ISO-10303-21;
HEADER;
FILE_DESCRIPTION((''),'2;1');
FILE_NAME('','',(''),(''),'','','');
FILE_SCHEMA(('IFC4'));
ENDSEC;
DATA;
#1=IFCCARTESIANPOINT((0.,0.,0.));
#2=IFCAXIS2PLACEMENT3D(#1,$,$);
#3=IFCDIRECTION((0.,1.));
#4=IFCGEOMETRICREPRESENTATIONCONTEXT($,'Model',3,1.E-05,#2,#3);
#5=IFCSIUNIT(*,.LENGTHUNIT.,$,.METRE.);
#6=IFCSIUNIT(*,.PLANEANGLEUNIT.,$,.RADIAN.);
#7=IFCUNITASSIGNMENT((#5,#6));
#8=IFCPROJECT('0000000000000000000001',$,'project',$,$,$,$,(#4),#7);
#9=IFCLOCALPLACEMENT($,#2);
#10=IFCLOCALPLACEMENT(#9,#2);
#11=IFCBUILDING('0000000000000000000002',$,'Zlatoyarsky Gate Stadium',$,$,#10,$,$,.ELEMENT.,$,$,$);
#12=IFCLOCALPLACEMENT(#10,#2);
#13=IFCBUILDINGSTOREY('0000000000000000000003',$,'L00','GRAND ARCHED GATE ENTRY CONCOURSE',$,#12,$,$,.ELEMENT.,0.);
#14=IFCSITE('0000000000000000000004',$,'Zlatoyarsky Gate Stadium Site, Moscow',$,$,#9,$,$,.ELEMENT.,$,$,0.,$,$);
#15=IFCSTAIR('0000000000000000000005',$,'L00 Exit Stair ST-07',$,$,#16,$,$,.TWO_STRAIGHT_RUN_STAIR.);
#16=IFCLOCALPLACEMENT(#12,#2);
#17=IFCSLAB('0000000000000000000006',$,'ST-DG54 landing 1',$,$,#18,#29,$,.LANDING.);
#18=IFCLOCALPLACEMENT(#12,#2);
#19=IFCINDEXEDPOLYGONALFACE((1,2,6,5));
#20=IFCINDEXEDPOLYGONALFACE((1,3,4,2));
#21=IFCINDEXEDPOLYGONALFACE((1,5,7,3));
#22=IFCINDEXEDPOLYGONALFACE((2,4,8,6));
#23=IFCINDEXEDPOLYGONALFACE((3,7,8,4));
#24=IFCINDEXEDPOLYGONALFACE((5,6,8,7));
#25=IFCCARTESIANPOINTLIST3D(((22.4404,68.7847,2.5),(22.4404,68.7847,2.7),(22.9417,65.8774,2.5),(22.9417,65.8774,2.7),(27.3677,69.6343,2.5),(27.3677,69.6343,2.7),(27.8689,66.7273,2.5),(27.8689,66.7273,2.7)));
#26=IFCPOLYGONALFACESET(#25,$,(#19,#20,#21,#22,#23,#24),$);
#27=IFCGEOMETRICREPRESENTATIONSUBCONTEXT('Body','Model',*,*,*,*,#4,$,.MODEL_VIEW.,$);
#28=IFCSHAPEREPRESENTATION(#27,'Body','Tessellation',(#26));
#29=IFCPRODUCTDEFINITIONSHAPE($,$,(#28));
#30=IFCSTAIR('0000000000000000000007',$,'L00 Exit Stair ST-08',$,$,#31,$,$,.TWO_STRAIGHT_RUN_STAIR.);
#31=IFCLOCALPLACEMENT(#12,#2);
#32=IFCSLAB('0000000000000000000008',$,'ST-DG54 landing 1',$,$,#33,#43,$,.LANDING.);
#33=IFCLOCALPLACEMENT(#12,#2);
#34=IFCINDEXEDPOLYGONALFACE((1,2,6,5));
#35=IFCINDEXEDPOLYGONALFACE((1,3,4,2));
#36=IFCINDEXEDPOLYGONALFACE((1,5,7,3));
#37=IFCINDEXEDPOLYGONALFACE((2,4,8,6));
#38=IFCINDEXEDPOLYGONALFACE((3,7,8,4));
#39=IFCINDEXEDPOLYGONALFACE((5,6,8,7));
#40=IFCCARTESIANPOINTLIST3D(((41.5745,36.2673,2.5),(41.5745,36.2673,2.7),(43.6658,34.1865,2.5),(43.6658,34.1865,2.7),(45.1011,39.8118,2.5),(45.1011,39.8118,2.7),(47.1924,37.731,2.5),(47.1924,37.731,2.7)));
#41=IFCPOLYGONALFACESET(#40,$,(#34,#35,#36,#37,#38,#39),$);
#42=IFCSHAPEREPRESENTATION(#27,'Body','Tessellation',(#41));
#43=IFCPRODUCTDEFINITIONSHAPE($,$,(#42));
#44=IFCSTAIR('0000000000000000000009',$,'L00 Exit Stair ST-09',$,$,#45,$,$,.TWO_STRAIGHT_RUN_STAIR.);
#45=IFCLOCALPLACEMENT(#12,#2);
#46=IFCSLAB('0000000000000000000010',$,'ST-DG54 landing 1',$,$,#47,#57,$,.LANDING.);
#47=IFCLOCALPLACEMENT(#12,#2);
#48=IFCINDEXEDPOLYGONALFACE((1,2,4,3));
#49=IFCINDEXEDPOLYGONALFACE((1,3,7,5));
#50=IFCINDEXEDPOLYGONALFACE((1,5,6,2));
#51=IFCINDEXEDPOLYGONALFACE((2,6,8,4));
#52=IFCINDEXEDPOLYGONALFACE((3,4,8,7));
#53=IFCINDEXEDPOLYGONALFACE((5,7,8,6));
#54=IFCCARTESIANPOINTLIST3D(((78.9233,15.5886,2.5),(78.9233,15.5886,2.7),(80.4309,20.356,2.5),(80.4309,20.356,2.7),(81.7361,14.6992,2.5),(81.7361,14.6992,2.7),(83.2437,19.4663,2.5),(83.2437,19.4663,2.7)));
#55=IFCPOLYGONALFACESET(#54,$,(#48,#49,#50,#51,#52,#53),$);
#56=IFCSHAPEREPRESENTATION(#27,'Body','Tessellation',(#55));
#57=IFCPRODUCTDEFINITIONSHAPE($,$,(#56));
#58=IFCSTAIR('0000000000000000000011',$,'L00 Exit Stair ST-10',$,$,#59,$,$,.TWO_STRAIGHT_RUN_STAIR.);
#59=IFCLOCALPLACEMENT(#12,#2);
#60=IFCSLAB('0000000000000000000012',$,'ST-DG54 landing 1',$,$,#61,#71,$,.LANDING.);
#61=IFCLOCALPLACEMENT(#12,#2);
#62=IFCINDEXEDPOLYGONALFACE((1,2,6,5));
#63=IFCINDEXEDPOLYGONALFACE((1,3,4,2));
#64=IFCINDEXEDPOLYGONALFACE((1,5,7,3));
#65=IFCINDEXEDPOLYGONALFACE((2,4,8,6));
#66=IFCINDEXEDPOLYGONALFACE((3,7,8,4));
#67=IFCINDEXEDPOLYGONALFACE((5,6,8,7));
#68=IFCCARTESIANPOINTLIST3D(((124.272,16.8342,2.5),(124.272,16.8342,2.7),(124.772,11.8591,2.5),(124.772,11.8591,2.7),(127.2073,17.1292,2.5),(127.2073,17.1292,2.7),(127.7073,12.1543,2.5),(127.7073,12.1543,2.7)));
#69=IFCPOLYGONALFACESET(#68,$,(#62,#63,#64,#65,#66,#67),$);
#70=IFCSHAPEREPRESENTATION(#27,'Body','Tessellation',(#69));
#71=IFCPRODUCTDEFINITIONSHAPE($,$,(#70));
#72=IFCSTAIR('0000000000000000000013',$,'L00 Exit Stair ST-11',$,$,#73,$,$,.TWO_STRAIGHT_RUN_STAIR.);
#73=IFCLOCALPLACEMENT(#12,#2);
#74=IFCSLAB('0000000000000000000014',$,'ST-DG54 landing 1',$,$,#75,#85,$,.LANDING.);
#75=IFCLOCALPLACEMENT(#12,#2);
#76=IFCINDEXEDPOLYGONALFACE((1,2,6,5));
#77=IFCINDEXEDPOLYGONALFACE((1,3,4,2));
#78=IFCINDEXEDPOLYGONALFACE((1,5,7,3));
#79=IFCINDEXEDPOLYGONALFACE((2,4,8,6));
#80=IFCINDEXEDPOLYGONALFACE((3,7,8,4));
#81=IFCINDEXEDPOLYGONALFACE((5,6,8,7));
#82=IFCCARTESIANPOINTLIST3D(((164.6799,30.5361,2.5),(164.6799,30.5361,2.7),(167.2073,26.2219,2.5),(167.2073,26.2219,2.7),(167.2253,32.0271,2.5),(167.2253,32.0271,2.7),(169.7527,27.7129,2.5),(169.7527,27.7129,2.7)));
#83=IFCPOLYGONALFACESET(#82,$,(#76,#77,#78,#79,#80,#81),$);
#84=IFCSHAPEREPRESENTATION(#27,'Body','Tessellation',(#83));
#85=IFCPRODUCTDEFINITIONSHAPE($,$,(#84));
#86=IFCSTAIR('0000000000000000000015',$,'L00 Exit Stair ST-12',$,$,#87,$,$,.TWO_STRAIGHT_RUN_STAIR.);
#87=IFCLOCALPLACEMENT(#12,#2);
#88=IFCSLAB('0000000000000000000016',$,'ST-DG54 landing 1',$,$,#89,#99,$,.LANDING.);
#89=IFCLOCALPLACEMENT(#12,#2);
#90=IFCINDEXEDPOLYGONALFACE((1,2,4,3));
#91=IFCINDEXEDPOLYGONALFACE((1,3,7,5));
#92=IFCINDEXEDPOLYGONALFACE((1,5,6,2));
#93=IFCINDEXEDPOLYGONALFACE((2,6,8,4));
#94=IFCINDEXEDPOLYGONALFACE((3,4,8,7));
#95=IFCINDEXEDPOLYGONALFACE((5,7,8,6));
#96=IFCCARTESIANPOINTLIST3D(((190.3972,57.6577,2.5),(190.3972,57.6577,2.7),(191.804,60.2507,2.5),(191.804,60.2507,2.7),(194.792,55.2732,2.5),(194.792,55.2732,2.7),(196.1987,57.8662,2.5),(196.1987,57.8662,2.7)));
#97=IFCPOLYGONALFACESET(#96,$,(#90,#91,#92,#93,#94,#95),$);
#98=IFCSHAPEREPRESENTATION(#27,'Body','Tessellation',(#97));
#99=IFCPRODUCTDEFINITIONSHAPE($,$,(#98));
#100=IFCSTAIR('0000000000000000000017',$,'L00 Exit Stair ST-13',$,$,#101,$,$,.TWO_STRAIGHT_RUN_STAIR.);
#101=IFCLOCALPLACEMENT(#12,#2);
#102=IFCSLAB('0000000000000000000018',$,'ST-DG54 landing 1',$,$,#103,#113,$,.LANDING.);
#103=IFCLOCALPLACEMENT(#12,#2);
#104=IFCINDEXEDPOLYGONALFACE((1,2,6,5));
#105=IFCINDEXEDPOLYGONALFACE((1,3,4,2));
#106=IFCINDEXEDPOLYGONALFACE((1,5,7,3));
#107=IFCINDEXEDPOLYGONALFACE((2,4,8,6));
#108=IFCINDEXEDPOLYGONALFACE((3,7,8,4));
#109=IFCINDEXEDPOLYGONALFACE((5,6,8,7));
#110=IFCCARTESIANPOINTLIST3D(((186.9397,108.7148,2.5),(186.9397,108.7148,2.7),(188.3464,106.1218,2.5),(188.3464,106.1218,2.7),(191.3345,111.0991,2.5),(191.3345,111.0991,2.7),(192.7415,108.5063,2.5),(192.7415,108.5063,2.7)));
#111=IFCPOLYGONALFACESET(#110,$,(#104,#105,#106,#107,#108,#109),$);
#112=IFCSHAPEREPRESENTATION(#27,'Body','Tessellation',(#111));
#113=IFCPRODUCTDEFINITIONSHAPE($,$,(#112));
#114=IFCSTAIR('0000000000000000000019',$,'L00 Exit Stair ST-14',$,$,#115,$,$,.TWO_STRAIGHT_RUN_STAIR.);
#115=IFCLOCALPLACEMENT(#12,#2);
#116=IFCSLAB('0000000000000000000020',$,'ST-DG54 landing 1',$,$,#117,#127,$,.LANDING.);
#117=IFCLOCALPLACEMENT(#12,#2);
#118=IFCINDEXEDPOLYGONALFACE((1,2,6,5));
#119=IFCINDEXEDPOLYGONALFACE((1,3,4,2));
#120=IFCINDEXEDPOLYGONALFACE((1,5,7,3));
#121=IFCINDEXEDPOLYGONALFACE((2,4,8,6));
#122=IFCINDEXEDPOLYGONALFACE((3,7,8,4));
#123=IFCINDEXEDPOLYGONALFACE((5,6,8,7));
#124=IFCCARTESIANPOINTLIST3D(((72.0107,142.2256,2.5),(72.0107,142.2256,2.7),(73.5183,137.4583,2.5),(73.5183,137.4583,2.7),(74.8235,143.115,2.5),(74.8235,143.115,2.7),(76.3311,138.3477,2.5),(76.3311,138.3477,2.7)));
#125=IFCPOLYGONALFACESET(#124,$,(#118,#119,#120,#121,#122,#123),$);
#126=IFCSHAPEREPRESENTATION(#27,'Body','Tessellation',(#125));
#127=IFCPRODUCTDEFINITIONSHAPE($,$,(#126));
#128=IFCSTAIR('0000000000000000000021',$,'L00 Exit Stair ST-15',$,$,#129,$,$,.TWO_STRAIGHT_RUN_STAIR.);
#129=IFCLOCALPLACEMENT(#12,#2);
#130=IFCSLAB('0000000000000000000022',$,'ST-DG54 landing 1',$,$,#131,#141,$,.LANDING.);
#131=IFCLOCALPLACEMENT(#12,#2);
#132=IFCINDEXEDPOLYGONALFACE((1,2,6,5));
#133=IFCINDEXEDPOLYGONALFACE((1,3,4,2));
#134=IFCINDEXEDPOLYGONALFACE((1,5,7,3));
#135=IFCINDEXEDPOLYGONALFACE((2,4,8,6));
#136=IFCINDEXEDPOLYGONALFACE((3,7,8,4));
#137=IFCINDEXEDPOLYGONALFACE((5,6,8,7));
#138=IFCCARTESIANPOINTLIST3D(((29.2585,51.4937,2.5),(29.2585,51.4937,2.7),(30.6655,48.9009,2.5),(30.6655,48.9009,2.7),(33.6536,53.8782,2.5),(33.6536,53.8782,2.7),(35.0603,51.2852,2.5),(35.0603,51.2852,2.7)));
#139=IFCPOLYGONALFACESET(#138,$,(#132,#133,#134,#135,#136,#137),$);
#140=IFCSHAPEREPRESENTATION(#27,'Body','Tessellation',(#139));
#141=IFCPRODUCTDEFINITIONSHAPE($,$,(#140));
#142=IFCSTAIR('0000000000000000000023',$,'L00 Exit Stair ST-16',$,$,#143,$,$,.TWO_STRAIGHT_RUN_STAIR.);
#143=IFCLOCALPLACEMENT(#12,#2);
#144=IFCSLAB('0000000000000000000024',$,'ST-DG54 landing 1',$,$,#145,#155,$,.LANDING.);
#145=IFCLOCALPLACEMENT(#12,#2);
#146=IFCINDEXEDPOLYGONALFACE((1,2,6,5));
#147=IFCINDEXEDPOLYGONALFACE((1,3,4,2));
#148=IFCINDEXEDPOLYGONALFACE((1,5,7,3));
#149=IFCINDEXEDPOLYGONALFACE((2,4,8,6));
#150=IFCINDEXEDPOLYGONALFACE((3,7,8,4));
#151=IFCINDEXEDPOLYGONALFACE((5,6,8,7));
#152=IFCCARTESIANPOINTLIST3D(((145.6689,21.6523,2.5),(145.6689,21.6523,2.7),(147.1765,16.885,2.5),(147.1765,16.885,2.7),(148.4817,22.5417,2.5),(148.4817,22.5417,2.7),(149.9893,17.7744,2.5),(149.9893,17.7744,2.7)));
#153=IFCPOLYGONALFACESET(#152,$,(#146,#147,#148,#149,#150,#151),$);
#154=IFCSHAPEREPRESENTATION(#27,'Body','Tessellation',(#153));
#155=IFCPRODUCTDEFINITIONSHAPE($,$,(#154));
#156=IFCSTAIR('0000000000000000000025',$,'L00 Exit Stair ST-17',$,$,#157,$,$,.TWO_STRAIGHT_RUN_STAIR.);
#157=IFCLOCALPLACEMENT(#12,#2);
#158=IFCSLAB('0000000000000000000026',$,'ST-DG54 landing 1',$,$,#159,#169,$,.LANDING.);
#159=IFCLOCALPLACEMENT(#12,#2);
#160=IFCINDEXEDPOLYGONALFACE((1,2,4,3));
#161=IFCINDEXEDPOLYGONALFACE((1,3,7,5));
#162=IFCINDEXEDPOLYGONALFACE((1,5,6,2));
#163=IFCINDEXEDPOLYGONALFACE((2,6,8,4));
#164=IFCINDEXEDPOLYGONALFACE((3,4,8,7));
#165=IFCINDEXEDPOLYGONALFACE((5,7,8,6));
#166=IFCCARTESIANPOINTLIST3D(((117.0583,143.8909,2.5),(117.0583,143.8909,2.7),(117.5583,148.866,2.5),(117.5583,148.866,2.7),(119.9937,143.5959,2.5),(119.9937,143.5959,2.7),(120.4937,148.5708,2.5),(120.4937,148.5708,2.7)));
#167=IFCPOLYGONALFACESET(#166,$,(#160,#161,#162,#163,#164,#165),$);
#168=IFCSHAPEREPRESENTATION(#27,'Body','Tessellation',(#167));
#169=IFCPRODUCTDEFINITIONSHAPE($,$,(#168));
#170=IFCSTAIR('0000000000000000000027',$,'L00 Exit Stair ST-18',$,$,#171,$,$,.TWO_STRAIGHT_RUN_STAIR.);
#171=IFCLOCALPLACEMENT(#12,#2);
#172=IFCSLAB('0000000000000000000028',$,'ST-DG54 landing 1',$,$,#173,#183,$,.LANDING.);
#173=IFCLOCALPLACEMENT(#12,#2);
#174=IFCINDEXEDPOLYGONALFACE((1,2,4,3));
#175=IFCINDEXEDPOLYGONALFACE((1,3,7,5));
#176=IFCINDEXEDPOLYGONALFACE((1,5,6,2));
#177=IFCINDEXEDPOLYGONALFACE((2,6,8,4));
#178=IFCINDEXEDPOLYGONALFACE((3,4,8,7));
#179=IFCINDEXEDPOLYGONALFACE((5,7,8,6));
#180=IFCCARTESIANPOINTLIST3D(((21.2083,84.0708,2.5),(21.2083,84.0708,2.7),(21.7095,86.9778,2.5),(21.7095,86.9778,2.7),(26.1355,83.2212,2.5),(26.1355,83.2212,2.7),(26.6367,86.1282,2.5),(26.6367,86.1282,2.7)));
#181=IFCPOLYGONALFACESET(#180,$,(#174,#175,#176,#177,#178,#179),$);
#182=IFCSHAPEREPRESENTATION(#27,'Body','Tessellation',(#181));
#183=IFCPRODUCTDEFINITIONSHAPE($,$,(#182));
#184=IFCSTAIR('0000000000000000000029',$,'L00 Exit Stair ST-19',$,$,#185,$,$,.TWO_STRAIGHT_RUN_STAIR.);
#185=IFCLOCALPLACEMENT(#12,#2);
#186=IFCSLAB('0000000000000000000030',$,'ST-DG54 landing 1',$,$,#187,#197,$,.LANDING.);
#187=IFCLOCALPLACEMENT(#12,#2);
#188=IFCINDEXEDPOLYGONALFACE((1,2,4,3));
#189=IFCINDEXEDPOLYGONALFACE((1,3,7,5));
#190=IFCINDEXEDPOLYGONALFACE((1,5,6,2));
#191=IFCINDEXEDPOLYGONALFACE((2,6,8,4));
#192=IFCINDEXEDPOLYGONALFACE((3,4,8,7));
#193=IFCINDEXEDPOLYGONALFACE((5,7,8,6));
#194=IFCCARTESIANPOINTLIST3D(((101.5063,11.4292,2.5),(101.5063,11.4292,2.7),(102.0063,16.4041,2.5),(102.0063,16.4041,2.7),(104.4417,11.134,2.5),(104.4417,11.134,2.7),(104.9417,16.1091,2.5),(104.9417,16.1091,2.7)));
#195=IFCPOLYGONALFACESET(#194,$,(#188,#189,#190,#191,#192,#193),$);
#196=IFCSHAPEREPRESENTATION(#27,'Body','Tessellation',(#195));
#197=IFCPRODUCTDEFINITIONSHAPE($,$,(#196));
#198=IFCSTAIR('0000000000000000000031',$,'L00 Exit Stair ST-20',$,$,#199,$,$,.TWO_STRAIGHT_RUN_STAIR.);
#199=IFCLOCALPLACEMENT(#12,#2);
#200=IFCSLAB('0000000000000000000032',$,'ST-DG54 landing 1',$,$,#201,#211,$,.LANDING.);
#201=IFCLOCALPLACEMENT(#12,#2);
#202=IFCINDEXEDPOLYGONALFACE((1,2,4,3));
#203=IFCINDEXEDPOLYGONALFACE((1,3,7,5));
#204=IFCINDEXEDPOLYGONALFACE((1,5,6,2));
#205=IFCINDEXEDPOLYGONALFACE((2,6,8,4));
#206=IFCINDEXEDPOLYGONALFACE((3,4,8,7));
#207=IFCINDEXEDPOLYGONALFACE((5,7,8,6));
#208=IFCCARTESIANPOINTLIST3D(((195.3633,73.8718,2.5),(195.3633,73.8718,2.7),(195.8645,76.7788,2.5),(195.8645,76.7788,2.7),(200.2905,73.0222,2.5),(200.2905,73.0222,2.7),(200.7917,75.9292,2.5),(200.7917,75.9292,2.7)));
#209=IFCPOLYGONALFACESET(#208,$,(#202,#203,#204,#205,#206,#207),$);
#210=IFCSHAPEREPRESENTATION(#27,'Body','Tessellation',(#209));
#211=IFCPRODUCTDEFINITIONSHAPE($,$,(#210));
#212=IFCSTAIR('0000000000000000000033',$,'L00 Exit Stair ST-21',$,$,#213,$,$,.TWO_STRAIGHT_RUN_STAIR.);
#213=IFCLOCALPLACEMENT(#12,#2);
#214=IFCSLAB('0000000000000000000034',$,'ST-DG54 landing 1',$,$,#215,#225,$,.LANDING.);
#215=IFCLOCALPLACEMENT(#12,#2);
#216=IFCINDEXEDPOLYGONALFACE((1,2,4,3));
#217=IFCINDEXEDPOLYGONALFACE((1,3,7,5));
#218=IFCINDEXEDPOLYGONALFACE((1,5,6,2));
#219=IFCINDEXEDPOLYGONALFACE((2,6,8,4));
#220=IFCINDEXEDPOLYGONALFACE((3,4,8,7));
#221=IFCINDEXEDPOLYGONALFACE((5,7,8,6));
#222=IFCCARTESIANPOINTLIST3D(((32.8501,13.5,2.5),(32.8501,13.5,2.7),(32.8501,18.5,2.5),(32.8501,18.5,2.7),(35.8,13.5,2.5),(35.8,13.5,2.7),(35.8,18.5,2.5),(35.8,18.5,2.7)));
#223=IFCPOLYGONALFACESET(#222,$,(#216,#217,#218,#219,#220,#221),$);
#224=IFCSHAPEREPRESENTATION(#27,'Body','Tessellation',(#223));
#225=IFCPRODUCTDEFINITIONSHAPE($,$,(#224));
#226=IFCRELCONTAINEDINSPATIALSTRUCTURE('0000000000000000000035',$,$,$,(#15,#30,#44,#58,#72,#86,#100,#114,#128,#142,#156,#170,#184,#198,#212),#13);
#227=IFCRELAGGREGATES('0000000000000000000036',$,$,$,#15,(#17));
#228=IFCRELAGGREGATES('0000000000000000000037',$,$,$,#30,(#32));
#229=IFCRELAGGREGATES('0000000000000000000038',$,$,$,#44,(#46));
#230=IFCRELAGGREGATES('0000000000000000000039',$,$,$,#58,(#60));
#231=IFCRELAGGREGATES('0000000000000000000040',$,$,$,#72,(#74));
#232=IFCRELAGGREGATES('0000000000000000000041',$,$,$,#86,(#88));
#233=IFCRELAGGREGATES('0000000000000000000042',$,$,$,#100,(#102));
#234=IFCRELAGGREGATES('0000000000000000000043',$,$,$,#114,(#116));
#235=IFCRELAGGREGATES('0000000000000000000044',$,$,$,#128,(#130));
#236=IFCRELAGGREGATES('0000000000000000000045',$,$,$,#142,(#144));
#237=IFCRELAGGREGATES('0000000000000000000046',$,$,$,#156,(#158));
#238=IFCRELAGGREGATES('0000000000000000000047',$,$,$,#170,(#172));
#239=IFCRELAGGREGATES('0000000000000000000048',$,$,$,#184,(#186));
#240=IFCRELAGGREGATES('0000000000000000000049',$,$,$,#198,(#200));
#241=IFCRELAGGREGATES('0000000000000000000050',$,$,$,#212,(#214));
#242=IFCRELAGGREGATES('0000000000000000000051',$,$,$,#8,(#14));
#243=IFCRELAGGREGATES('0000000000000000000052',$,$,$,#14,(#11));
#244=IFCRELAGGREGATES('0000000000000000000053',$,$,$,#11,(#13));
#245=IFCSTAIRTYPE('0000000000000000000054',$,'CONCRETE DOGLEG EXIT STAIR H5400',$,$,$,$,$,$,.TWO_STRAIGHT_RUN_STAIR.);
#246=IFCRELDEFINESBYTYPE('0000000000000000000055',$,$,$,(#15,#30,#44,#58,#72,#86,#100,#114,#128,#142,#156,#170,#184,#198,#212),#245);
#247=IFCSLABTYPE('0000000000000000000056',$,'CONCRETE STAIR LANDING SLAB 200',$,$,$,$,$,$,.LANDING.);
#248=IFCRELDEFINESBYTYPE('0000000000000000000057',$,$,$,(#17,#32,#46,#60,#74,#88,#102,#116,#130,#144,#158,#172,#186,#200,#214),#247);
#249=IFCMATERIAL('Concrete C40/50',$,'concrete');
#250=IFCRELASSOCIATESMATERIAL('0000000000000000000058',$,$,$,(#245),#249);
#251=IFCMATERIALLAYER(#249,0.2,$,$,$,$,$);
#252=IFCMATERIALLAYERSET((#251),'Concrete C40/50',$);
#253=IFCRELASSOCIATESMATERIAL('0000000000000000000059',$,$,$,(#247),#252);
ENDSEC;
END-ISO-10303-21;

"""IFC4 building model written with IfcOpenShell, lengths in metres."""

from ifc_helpers import new_model, si_unit, direction, frame, origin, place, context, subcontext, project, spatial, polyline, outline, extrude, material, layer, layer_set, type_object, element, aggregate, save


model = new_model("IFC4")

# Units and contexts
model_context = context("Model", 3, precision=1e-05, world=origin(), true_north=direction((0.0, 1.0)))
body_context = subcontext(model_context, "Body", "Model", "MODEL_VIEW")
ifc_project = project(units=[si_unit("LENGTHUNIT", "METRE"), si_unit("PLANEANGLEUNIT", "RADIAN")], contexts=[model_context])

# Site, building, storey
site_placement = place(None, origin())
site = spatial("IfcSite", under=ifc_project, at=site_placement, Name="Zlatoyarsky Gate Stadium Site, Moscow", CompositionType="ELEMENT", RefElevation=0.0)
building_placement = place(site_placement, origin())
building = spatial("IfcBuilding", under=site, at=building_placement, Name="Zlatoyarsky Gate Stadium", CompositionType="ELEMENT")
storey_placement = place(building_placement, origin())
storey = spatial("IfcBuildingStorey", under=building, at=storey_placement, Name="L00", Description="GRAND ARCHED GATE ENTRY CONCOURSE", CompositionType="ELEMENT", Elevation=0.0)

# Stairs, slabs
ifc_material = material(Name="Concrete C40/50", Category="concrete")
stair_type = type_object("IfcStairType", Name="CONCRETE DOGLEG EXIT STAIR H5400", PredefinedType="TWO_STRAIGHT_RUN_STAIR", material=ifc_material)
stair_1_placement = place(storey_placement, origin())
stair_1 = element("IfcStair", 1, at=stair_1_placement, inside=storey, type_object=stair_type, Name="L00 Exit Stair ST-07", PredefinedType="TWO_STRAIGHT_RUN_STAIR")
ifc_layer = layer(ifc_material, 0.2)
ifc_layer_set = layer_set([ifc_layer], Name="Concrete C40/50")
slab_type = type_object("IfcSlabType", Name="CONCRETE STAIR LANDING SLAB 200", PredefinedType="LANDING", material=ifc_layer_set)
slab_1_placement = place(storey_placement, frame((0.0, 0.0, 2.5)))
slab_1 = element("IfcSlab", 2, at=slab_1_placement, type_object=slab_type, Name="ST-DG54 landing 1", PredefinedType="LANDING", context=body_context, shape_type="SweptSolid", body=[
    extrude(outline(polyline([(22.4404, 68.7847), (22.9417, 65.8774), (27.8689, 66.7273), (27.3677, 69.6343), (22.4404, 68.7847)])), origin(), (0.0, 0.0, 1.0), 0.2),
])
aggregate(stair_1, [slab_1])
stair_2_placement = place(storey_placement, origin())
stair_2 = element("IfcStair", 3, at=stair_2_placement, inside=storey, type_object=stair_type, Name="L00 Exit Stair ST-08", PredefinedType="TWO_STRAIGHT_RUN_STAIR")
slab_2_placement = place(storey_placement, frame((0.0, 0.0, 2.5)))
slab_2 = element("IfcSlab", 4, at=slab_2_placement, type_object=slab_type, Name="ST-DG54 landing 1", PredefinedType="LANDING", context=body_context, shape_type="SweptSolid", body=[
    extrude(outline(polyline([(41.5745, 36.2673), (43.6658, 34.1865), (47.1924, 37.731), (45.1011, 39.8118), (41.5745, 36.2673)])), origin(), (0.0, 0.0, 1.0), 0.2),
])
aggregate(stair_2, [slab_2])
stair_3_placement = place(storey_placement, origin())
stair_3 = element("IfcStair", 5, at=stair_3_placement, inside=storey, type_object=stair_type, Name="L00 Exit Stair ST-09", PredefinedType="TWO_STRAIGHT_RUN_STAIR")
slab_3_placement = place(storey_placement, frame((0.0, 0.0, 2.5)))
slab_3 = element("IfcSlab", 6, at=slab_3_placement, type_object=slab_type, Name="ST-DG54 landing 1", PredefinedType="LANDING", context=body_context, shape_type="SweptSolid", body=[
    extrude(outline(polyline([(78.9233, 15.5886), (81.7361, 14.6992), (83.2437, 19.4663), (80.4309, 20.356), (78.9233, 15.5886)])), origin(), (0.0, 0.0, 1.0), 0.2),
])
aggregate(stair_3, [slab_3])
stair_4_placement = place(storey_placement, origin())
stair_4 = element("IfcStair", 7, at=stair_4_placement, inside=storey, type_object=stair_type, Name="L00 Exit Stair ST-10", PredefinedType="TWO_STRAIGHT_RUN_STAIR")
slab_4_placement = place(storey_placement, frame((0.0, 0.0, 2.5)))
slab_4 = element("IfcSlab", 8, at=slab_4_placement, type_object=slab_type, Name="ST-DG54 landing 1", PredefinedType="LANDING", context=body_context, shape_type="SweptSolid", body=[
    extrude(outline(polyline([(124.772, 11.8591), (127.7073, 12.1543), (127.2073, 17.1292), (124.272, 16.8342), (124.772, 11.8591)])), origin(), (0.0, 0.0, 1.0), 0.2),
])
aggregate(stair_4, [slab_4])
stair_5_placement = place(storey_placement, origin())
stair_5 = element("IfcStair", 9, at=stair_5_placement, inside=storey, type_object=stair_type, Name="L00 Exit Stair ST-11", PredefinedType="TWO_STRAIGHT_RUN_STAIR")
slab_5_placement = place(storey_placement, frame((0.0, 0.0, 2.5)))
slab_5 = element("IfcSlab", 10, at=slab_5_placement, type_object=slab_type, Name="ST-DG54 landing 1", PredefinedType="LANDING", context=body_context, shape_type="SweptSolid", body=[
    extrude(outline(polyline([(167.2073, 26.2219), (169.7527, 27.7129), (167.2253, 32.0271), (164.6799, 30.5361), (167.2073, 26.2219)])), origin(), (0.0, 0.0, 1.0), 0.2),
])
aggregate(stair_5, [slab_5])
stair_6_placement = place(storey_placement, origin())
stair_6 = element("IfcStair", 11, at=stair_6_placement, inside=storey, type_object=stair_type, Name="L00 Exit Stair ST-12", PredefinedType="TWO_STRAIGHT_RUN_STAIR")
slab_6_placement = place(storey_placement, frame((0.0, 0.0, 2.5)))
slab_6 = element("IfcSlab", 12, at=slab_6_placement, type_object=slab_type, Name="ST-DG54 landing 1", PredefinedType="LANDING", context=body_context, shape_type="SweptSolid", body=[
    extrude(outline(polyline([(194.792, 55.2732), (196.1987, 57.8662), (191.804, 60.2507), (190.3972, 57.6577), (194.792, 55.2732)])), origin(), (0.0, 0.0, 1.0), 0.2),
])
aggregate(stair_6, [slab_6])
stair_7_placement = place(storey_placement, origin())
stair_7 = element("IfcStair", 13, at=stair_7_placement, inside=storey, type_object=stair_type, Name="L00 Exit Stair ST-13", PredefinedType="TWO_STRAIGHT_RUN_STAIR")
slab_7_placement = place(storey_placement, frame((0.0, 0.0, 2.5)))
slab_7 = element("IfcSlab", 14, at=slab_7_placement, type_object=slab_type, Name="ST-DG54 landing 1", PredefinedType="LANDING", context=body_context, shape_type="SweptSolid", body=[
    extrude(outline(polyline([(192.7415, 108.5063), (191.3345, 111.0991), (186.9397, 108.7148), (188.3464, 106.1218), (192.7415, 108.5063)])), origin(), (0.0, 0.0, 1.0), 0.2),
])
aggregate(stair_7, [slab_7])
stair_8_placement = place(storey_placement, origin())
stair_8 = element("IfcStair", 15, at=stair_8_placement, inside=storey, type_object=stair_type, Name="L00 Exit Stair ST-14", PredefinedType="TWO_STRAIGHT_RUN_STAIR")
slab_8_placement = place(storey_placement, frame((0.0, 0.0, 2.5)))
slab_8 = element("IfcSlab", 16, at=slab_8_placement, type_object=slab_type, Name="ST-DG54 landing 1", PredefinedType="LANDING", context=body_context, shape_type="SweptSolid", body=[
    extrude(outline(polyline([(74.8235, 143.115), (72.0107, 142.2256), (73.5183, 137.4583), (76.3311, 138.3477), (74.8235, 143.115)])), origin(), (0.0, 0.0, 1.0), 0.2),
])
aggregate(stair_8, [slab_8])
stair_9_placement = place(storey_placement, origin())
stair_9 = element("IfcStair", 17, at=stair_9_placement, inside=storey, type_object=stair_type, Name="L00 Exit Stair ST-15", PredefinedType="TWO_STRAIGHT_RUN_STAIR")
slab_9_placement = place(storey_placement, frame((0.0, 0.0, 2.5)))
slab_9 = element("IfcSlab", 18, at=slab_9_placement, type_object=slab_type, Name="ST-DG54 landing 1", PredefinedType="LANDING", context=body_context, shape_type="SweptSolid", body=[
    extrude(outline(polyline([(29.2585, 51.4937), (30.6655, 48.9009), (35.0603, 51.2852), (33.6536, 53.8782), (29.2585, 51.4937)])), origin(), (0.0, 0.0, 1.0), 0.2),
])
aggregate(stair_9, [slab_9])
stair_10_placement = place(storey_placement, origin())
stair_10 = element("IfcStair", 19, at=stair_10_placement, inside=storey, type_object=stair_type, Name="L00 Exit Stair ST-16", PredefinedType="TWO_STRAIGHT_RUN_STAIR")
slab_10_placement = place(storey_placement, frame((0.0, 0.0, 2.5)))
slab_10 = element("IfcSlab", 20, at=slab_10_placement, type_object=slab_type, Name="ST-DG54 landing 1", PredefinedType="LANDING", context=body_context, shape_type="SweptSolid", body=[
    extrude(outline(polyline([(147.1765, 16.885), (149.9893, 17.7744), (148.4817, 22.5417), (145.6689, 21.6523), (147.1765, 16.885)])), origin(), (0.0, 0.0, 1.0), 0.2),
])
aggregate(stair_10, [slab_10])
stair_11_placement = place(storey_placement, origin())
stair_11 = element("IfcStair", 21, at=stair_11_placement, inside=storey, type_object=stair_type, Name="L00 Exit Stair ST-17", PredefinedType="TWO_STRAIGHT_RUN_STAIR")
slab_11_placement = place(storey_placement, frame((0.0, 0.0, 2.5)))
slab_11 = element("IfcSlab", 22, at=slab_11_placement, type_object=slab_type, Name="ST-DG54 landing 1", PredefinedType="LANDING", context=body_context, shape_type="SweptSolid", body=[
    extrude(outline(polyline([(120.4937, 148.5708), (117.5583, 148.866), (117.0583, 143.8909), (119.9937, 143.5959), (120.4937, 148.5708)])), origin(), (0.0, 0.0, 1.0), 0.2),
])
aggregate(stair_11, [slab_11])
stair_12_placement = place(storey_placement, origin())
stair_12 = element("IfcStair", 23, at=stair_12_placement, inside=storey, type_object=stair_type, Name="L00 Exit Stair ST-18", PredefinedType="TWO_STRAIGHT_RUN_STAIR")
slab_12_placement = place(storey_placement, frame((0.0, 0.0, 2.5)))
slab_12 = element("IfcSlab", 24, at=slab_12_placement, type_object=slab_type, Name="ST-DG54 landing 1", PredefinedType="LANDING", context=body_context, shape_type="SweptSolid", body=[
    extrude(outline(polyline([(21.7095, 86.9778), (21.2083, 84.0708), (26.1355, 83.2212), (26.6367, 86.1282), (21.7095, 86.9778)])), origin(), (0.0, 0.0, 1.0), 0.2),
])
aggregate(stair_12, [slab_12])
stair_13_placement = place(storey_placement, origin())
stair_13 = element("IfcStair", 25, at=stair_13_placement, inside=storey, type_object=stair_type, Name="L00 Exit Stair ST-19", PredefinedType="TWO_STRAIGHT_RUN_STAIR")
slab_13_placement = place(storey_placement, frame((0.0, 0.0, 2.5)))
slab_13 = element("IfcSlab", 26, at=slab_13_placement, type_object=slab_type, Name="ST-DG54 landing 1", PredefinedType="LANDING", context=body_context, shape_type="SweptSolid", body=[
    extrude(outline(polyline([(101.5063, 11.4292), (104.4417, 11.134), (104.9417, 16.1091), (102.0063, 16.4041), (101.5063, 11.4292)])), origin(), (0.0, 0.0, 1.0), 0.2),
])
aggregate(stair_13, [slab_13])
stair_14_placement = place(storey_placement, origin())
stair_14 = element("IfcStair", 27, at=stair_14_placement, inside=storey, type_object=stair_type, Name="L00 Exit Stair ST-20", PredefinedType="TWO_STRAIGHT_RUN_STAIR")
slab_14_placement = place(storey_placement, frame((0.0, 0.0, 2.5)))
slab_14 = element("IfcSlab", 28, at=slab_14_placement, type_object=slab_type, Name="ST-DG54 landing 1", PredefinedType="LANDING", context=body_context, shape_type="SweptSolid", body=[
    extrude(outline(polyline([(200.2905, 73.0222), (200.7917, 75.9292), (195.8645, 76.7788), (195.3633, 73.8718), (200.2905, 73.0222)])), origin(), (0.0, 0.0, 1.0), 0.2),
])
aggregate(stair_14, [slab_14])
stair_15_placement = place(storey_placement, origin())
stair_15 = element("IfcStair", 29, at=stair_15_placement, inside=storey, type_object=stair_type, Name="L00 Exit Stair ST-21", PredefinedType="TWO_STRAIGHT_RUN_STAIR")
slab_15_placement = place(storey_placement, frame((0.0, 0.0, 2.5)))
slab_15 = element("IfcSlab", 30, at=slab_15_placement, type_object=slab_type, Name="ST-DG54 landing 1", PredefinedType="LANDING", context=body_context, shape_type="SweptSolid", body=[
    extrude(outline(polyline([(32.8501, 13.5), (35.8, 13.5), (35.8, 18.5), (32.8501, 18.5), (32.8501, 13.5)])), origin(), (0.0, 0.0, 1.0), 0.2),
])
aggregate(stair_15, [slab_15])

save(model, "model.ifc")
